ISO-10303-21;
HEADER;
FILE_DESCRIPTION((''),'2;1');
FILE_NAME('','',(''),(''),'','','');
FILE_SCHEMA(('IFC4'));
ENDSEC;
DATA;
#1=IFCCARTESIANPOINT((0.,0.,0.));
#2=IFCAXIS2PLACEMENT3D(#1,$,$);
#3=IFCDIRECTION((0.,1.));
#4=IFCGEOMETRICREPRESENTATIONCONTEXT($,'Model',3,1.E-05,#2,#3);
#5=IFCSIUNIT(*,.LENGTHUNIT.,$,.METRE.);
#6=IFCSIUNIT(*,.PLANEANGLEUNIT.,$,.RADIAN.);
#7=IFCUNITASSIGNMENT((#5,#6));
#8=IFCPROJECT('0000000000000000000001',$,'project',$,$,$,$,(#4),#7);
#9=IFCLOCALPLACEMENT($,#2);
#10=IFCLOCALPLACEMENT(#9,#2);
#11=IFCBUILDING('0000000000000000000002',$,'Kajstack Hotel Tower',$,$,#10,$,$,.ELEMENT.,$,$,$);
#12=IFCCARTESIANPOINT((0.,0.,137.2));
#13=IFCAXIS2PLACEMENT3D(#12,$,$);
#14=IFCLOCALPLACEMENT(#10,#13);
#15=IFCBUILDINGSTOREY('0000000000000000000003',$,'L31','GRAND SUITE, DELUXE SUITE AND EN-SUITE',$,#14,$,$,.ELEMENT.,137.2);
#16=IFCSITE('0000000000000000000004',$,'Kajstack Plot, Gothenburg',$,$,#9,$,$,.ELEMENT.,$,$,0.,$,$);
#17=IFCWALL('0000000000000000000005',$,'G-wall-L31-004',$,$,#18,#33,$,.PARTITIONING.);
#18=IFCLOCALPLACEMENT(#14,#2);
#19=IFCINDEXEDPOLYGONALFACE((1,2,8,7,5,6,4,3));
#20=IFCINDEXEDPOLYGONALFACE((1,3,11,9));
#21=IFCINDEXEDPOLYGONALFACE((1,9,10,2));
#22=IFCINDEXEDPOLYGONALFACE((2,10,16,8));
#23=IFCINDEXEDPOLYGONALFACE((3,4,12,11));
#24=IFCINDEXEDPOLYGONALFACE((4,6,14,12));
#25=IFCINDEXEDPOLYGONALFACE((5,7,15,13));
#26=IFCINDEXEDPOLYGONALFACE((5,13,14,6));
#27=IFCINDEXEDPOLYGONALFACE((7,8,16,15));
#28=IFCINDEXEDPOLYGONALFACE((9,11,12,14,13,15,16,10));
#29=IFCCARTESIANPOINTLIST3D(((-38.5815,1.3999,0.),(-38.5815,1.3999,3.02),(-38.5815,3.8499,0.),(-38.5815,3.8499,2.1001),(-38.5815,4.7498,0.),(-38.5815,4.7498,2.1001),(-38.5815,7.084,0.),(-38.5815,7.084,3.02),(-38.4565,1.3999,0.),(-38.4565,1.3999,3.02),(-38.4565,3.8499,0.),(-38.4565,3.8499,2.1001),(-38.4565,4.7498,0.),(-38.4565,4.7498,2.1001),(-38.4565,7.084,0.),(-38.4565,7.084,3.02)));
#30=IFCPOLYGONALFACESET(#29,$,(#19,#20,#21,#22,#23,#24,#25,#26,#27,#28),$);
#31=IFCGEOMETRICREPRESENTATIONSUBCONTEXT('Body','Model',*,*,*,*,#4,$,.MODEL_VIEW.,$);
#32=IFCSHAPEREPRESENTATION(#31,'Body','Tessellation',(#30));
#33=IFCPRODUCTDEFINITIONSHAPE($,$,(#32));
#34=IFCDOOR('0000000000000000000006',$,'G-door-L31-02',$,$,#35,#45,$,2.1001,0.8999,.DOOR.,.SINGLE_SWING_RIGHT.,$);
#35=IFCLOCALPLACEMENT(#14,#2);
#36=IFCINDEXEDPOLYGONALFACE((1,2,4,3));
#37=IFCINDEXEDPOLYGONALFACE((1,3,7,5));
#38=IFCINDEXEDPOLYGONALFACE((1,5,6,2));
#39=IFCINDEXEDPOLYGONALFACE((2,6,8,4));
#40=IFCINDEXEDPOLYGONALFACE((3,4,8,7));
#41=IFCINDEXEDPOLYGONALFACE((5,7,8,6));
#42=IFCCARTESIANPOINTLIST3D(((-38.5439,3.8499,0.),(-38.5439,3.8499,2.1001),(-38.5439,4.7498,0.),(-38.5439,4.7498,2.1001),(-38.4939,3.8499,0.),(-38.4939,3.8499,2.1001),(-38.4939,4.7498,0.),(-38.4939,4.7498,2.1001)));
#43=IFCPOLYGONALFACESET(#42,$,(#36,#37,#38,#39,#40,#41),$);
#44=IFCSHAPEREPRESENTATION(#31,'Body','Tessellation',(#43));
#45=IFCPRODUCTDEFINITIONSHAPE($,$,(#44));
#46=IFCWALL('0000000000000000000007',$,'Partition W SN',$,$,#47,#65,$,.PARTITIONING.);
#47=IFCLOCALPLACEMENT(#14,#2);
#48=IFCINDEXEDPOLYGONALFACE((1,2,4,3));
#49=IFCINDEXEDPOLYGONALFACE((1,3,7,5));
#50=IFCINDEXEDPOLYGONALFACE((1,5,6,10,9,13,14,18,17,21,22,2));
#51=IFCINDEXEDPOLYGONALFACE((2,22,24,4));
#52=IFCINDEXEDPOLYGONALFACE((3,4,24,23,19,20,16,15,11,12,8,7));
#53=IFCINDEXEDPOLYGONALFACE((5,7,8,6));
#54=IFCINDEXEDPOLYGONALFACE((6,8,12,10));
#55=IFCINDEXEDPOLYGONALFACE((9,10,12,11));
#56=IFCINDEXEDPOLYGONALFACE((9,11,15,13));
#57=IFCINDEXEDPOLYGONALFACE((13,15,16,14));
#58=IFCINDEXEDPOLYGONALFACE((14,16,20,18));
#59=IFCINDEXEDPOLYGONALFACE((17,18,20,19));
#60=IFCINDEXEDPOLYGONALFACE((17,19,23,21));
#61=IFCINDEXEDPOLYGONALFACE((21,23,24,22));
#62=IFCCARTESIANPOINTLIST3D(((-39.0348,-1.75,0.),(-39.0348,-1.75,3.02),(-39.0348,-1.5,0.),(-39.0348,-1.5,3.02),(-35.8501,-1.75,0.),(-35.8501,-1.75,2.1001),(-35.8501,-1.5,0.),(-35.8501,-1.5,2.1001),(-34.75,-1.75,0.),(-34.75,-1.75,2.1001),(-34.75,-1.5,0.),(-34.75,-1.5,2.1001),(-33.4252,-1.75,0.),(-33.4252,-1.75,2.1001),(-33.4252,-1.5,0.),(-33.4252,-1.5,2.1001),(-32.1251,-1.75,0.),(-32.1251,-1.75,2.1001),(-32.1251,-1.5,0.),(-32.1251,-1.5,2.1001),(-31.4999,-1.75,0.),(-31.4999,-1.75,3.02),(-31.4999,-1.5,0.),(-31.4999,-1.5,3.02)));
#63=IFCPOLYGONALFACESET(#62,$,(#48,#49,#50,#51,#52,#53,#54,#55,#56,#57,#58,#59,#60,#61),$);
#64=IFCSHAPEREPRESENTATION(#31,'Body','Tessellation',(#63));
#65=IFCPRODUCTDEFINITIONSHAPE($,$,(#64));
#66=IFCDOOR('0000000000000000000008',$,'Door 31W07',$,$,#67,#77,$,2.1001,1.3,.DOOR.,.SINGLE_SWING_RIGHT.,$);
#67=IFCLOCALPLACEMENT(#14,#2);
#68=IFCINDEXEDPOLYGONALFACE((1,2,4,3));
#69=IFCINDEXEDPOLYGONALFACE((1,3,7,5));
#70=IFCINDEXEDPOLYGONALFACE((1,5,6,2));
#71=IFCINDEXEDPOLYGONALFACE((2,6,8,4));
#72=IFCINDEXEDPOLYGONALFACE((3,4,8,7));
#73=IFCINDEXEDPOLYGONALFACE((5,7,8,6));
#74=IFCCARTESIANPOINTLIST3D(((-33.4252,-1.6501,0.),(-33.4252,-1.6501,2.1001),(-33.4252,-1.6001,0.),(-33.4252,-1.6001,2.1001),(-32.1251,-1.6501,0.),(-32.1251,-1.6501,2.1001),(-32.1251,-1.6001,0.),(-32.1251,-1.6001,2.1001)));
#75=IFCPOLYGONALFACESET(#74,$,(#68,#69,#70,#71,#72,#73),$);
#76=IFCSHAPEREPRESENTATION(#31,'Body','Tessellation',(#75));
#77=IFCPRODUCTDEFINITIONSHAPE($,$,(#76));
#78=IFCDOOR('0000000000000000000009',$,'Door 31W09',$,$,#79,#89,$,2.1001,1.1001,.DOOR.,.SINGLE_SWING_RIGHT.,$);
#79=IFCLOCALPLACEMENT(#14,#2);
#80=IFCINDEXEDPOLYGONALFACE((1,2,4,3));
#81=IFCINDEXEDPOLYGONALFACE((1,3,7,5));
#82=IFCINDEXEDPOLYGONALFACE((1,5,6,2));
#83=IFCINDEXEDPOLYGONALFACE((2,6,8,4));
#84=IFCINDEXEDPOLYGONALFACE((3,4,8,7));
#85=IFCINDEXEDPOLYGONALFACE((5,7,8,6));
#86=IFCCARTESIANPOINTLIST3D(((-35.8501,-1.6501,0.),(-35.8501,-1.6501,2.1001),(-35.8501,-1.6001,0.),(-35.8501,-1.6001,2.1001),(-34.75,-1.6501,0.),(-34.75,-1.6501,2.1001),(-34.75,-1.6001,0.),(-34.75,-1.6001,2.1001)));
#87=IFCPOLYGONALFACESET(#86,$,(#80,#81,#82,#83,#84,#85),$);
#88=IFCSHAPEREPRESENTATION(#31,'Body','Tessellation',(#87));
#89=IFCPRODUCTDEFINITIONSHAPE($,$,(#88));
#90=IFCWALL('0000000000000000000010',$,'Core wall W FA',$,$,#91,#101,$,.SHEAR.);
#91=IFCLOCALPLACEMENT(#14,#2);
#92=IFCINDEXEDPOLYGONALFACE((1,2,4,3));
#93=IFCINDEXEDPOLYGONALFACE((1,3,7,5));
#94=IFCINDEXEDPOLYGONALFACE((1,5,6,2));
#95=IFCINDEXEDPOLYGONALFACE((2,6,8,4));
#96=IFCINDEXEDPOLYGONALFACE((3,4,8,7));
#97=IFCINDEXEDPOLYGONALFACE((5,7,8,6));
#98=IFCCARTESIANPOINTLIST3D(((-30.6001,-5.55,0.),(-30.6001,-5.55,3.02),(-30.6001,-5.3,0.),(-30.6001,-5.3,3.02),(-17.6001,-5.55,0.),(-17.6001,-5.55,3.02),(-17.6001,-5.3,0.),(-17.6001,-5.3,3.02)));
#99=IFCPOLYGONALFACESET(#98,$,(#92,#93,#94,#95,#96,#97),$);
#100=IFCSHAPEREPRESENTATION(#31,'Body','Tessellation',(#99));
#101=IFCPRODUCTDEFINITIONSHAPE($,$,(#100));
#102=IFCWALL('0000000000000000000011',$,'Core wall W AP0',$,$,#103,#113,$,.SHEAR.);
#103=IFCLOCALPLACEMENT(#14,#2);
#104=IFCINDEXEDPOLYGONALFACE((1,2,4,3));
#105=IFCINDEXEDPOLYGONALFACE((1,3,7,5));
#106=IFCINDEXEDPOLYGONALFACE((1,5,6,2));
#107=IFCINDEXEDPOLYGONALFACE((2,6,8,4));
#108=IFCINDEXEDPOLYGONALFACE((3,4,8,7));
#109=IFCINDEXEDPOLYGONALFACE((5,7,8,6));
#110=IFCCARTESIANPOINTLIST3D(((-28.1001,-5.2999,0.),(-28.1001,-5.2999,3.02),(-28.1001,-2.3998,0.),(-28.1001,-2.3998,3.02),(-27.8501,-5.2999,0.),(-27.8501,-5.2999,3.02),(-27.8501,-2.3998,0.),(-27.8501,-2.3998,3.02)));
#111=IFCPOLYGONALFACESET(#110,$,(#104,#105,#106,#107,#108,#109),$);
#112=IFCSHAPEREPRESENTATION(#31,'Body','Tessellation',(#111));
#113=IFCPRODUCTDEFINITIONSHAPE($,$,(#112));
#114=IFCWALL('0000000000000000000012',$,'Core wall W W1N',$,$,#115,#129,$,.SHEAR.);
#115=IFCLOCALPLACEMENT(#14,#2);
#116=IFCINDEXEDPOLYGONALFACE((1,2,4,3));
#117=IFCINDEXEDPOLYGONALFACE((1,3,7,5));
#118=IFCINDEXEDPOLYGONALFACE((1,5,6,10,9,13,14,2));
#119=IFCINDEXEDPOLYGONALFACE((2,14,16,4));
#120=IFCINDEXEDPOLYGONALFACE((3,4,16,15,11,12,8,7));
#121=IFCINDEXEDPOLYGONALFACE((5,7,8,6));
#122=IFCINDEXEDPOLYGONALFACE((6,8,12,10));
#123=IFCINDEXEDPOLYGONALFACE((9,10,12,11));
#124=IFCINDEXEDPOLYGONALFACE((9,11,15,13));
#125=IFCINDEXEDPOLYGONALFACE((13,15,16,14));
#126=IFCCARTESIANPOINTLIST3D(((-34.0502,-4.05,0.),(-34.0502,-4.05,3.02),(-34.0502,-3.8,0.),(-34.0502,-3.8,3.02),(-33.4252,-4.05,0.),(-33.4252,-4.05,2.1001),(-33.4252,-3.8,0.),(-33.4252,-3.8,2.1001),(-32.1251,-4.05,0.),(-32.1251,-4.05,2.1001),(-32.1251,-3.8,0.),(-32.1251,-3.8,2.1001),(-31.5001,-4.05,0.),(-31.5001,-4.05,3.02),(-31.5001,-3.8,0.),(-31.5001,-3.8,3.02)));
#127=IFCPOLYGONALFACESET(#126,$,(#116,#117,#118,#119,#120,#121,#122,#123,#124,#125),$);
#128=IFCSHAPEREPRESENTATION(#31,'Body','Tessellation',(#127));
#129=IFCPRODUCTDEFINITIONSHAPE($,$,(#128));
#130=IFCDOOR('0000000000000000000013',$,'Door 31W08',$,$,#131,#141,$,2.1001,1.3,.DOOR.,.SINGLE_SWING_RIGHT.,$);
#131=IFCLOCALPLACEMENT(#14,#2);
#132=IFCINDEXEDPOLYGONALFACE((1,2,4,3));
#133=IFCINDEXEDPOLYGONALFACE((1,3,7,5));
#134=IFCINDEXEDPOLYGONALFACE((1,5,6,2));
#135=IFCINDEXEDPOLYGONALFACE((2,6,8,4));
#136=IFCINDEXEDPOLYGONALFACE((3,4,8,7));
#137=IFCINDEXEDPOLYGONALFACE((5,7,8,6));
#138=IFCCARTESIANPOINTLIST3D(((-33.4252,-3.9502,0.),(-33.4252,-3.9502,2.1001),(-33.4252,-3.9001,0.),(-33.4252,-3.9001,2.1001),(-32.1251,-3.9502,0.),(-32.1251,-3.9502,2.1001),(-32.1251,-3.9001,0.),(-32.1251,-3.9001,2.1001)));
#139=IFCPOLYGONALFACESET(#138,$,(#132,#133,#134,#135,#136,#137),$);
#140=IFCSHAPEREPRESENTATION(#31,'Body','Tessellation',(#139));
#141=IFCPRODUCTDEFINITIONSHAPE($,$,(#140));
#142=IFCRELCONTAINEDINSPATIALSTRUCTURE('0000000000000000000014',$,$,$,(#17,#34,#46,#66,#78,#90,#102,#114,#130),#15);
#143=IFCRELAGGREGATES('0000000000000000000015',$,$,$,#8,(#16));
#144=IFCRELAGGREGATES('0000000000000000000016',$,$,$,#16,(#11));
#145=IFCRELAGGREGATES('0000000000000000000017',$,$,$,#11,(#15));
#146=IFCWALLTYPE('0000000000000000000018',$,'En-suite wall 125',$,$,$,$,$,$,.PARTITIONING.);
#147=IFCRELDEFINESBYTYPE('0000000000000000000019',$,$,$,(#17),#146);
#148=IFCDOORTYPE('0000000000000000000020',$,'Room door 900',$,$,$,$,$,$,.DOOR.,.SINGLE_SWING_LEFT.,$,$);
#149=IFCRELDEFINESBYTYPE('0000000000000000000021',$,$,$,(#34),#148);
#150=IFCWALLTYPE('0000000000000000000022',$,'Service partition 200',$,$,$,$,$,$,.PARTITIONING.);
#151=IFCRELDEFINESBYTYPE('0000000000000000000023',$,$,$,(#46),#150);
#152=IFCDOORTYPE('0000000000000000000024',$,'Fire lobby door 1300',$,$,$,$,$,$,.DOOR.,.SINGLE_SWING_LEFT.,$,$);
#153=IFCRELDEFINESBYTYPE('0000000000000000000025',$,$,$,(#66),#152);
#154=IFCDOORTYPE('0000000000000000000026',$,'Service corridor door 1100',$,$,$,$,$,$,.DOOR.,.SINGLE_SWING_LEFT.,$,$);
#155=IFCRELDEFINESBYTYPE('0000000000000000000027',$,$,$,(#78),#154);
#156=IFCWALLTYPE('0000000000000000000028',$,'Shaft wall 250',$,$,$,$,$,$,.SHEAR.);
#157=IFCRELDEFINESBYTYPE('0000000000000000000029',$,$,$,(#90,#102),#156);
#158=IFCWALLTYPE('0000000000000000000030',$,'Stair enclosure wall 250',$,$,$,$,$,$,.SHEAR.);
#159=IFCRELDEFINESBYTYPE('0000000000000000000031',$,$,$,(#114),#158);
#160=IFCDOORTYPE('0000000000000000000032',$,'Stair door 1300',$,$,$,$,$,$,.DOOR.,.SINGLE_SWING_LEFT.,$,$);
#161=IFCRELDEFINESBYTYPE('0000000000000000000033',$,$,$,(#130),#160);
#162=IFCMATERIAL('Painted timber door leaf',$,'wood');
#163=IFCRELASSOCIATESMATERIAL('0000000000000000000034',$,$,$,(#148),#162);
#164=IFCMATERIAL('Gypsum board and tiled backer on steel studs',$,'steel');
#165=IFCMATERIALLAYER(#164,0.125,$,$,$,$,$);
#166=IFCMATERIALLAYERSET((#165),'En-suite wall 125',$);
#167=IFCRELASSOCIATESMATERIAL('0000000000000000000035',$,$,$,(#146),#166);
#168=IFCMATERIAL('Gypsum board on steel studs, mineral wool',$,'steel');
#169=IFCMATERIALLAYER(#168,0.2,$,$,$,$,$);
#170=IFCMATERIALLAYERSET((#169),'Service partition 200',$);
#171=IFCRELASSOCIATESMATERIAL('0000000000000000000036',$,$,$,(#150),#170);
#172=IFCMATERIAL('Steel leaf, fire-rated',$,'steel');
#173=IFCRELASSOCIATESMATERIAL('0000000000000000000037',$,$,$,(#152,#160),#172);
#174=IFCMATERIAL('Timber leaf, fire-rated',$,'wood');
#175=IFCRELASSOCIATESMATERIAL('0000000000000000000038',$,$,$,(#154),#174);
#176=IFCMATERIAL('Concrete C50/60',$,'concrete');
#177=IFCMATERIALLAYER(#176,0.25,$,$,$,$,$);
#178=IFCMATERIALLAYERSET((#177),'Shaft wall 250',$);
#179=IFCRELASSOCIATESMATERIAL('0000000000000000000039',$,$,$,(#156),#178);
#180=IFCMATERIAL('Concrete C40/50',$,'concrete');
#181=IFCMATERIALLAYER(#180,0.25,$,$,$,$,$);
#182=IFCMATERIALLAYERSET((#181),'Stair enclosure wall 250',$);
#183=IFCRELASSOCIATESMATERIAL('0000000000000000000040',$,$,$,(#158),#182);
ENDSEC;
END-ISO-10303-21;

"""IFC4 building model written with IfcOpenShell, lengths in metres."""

from ifc_helpers import new_model, si_unit, direction, frame, frame_2d, origin, place, context, subcontext, project, spatial, rectangle, extrude, material, layer, layer_set, type_object, element, fill, save


model = new_model("IFC4")

# Units and contexts
model_context = context("Model", 3, precision=1e-05, world=origin(), true_north=direction((0.0, 1.0)))
body_context = subcontext(model_context, "Body", "Model", "MODEL_VIEW")
ifc_project = project(units=[si_unit("LENGTHUNIT", "METRE"), si_unit("PLANEANGLEUNIT", "RADIAN")], contexts=[model_context])

# Site, building, storey
site_placement = place(None, origin())
site = spatial("IfcSite", under=ifc_project, at=site_placement, Name="Kajstack Plot, Gothenburg", CompositionType="ELEMENT", RefElevation=0.0)
building_placement = place(site_placement, origin())
building = spatial("IfcBuilding", under=site, at=building_placement, Name="Kajstack Hotel Tower", CompositionType="ELEMENT")
storey_placement = place(building_placement, frame((0.0, 0.0, 137.2)))
storey = spatial("IfcBuildingStorey", under=building, at=storey_placement, Name="L31", Description="GRAND SUITE, DELUXE SUITE AND EN-SUITE", CompositionType="ELEMENT", Elevation=137.2)

# Shared definitions
ifc_material_1 = material(Name="Gypsum board on steel studs, mineral wool", Category="steel")
ifc_material_2 = material(Name="Painted timber door leaf", Category="wood")
door_type_1 = type_object("IfcDoorType", Name="Room door 900", OperationType="SINGLE_SWING_LEFT", PredefinedType="DOOR", material=ifc_material_2)

# Wall, opening, door
ifc_material_3 = material(Name="Gypsum board and tiled backer on steel studs", Category="steel")
ifc_layer_1 = layer(ifc_material_3, 0.125)
ifc_layer_set_1 = layer_set([ifc_layer_1], Name="En-suite wall 125")
wall_type_1 = type_object("IfcWallType", Name="En-suite wall 125", PredefinedType="PARTITIONING", material=ifc_layer_set_1)
wall_1_placement = place(storey_placement, frame((-38.519, 1.3999, 0.0), z_axis=(0.0, 0.0, 1.0), x_axis=(0.0, 1.0, 0.0)))
wall_1 = element("IfcWall", 1, at=wall_1_placement, inside=storey, type_object=wall_type_1, Name="G-wall-L31-004", PredefinedType="PARTITIONING", context=body_context, shape_type="SweptSolid", body=[
    extrude(rectangle(XDim=5.6841, YDim=0.125, at=frame_2d((2.842, 0.0))), origin(), (0.0, 0.0, 1.0), 3.02),
])
opening_1_placement = place(wall_1_placement, frame((2.45, 0.0, 0.0)))
opening_1 = element("IfcOpeningElement", 2, at=opening_1_placement, cuts=wall_1, PredefinedType="OPENING", context=body_context, shape_type="SweptSolid", body=[
    extrude(rectangle(XDim=0.8999, YDim=2.1001, at=frame_2d((0.45, 1.05))), frame((0.0, 0.0725, 0.0), z_axis=(0.0, -1.0, 0.0), x_axis=(1.0, 0.0, 0.0)), (0.0, 0.0, 1.0), 0.145),
])
door_1_placement = place(opening_1_placement, origin())
door_1 = element("IfcDoor", 3, at=door_1_placement, inside=storey, type_object=door_type_1, Name="G-door-L31-02", OperationType="SINGLE_SWING_RIGHT", OverallHeight=2.1001, OverallWidth=0.8999, PredefinedType="DOOR", context=body_context, shape_type="SweptSolid", body=[
    extrude(rectangle(XDim=0.8999, YDim=2.1001, at=frame_2d((0.45, 1.05))), frame((0.0, 0.0249, 0.0), z_axis=(0.0, -1.0, 0.0), x_axis=(1.0, 0.0, 0.0)), (0.0, 0.0, 1.0), 0.05),
])
fill(opening_1, door_1)

# Wall, openings, doors
ifc_layer_2 = layer(ifc_material_1, 0.2)
ifc_layer_set_2 = layer_set([ifc_layer_2], Name="Service partition 200")
wall_type_2 = type_object("IfcWallType", Name="Service partition 200", PredefinedType="PARTITIONING", material=ifc_layer_set_2)
wall_2_placement = place(storey_placement, frame((-39.0349, -1.625, 0.0), z_axis=(0.0, 0.0, 1.0), x_axis=(1.0, 0.0, 0.0)))
wall_2 = element("IfcWall", 4, at=wall_2_placement, inside=storey, type_object=wall_type_2, Name="Partition W SN", PredefinedType="PARTITIONING", context=body_context, shape_type="SweptSolid", body=[
    extrude(rectangle(XDim=7.5349, YDim=0.25, at=frame_2d((3.7676, 0.0))), origin(), (0.0, 0.0, 1.0), 3.02),
])
opening_2_placement = place(wall_2_placement, frame((5.6099, 0.0, 0.0)))
opening_2 = element("IfcOpeningElement", 5, at=opening_2_placement, cuts=wall_2, PredefinedType="OPENING", context=body_context, shape_type="SweptSolid", body=[
    extrude(rectangle(XDim=1.3, YDim=2.1001, at=frame_2d((0.6499, 1.05))), frame((0.0, 0.135, 0.0), z_axis=(0.0, -1.0, 0.0), x_axis=(1.0, 0.0, 0.0)), (0.0, 0.0, 1.0), 0.27),
])
opening_3_placement = place(wall_2_placement, frame((3.1848, 0.0, 0.0)))
opening_3 = element("IfcOpeningElement", 6, at=opening_3_placement, cuts=wall_2, PredefinedType="OPENING", context=body_context, shape_type="SweptSolid", body=[
    extrude(rectangle(XDim=1.1001, YDim=2.1001, at=frame_2d((0.55, 1.05))), frame((0.0, 0.135, 0.0), z_axis=(0.0, -1.0, 0.0), x_axis=(1.0, 0.0, 0.0)), (0.0, 0.0, 1.0), 0.27),
])
ifc_material_4 = material(Name="Steel leaf, fire-rated", Category="steel")
door_type_2 = type_object("IfcDoorType", Name="Fire lobby door 1300", OperationType="SINGLE_SWING_LEFT", PredefinedType="DOOR", material=ifc_material_4)
door_2_placement = place(opening_2_placement, origin())
door_2 = element("IfcDoor", 7, at=door_2_placement, inside=storey, type_object=door_type_2, Name="Door 31W07", OperationType="SINGLE_SWING_RIGHT", OverallHeight=2.1001, OverallWidth=1.3, PredefinedType="DOOR", context=body_context, shape_type="SweptSolid", body=[
    extrude(rectangle(XDim=1.3, YDim=2.1001, at=frame_2d((0.6499, 1.05))), frame((0.0, 0.0249, 0.0), z_axis=(0.0, -1.0, 0.0), x_axis=(1.0, 0.0, 0.0)), (0.0, 0.0, 1.0), 0.05),
])
fill(opening_2, door_2)
ifc_material_5 = material(Name="Timber leaf, fire-rated", Category="wood")
door_type_3 = type_object("IfcDoorType", Name="Service corridor door 1100", OperationType="SINGLE_SWING_LEFT", PredefinedType="DOOR", material=ifc_material_5)
door_3_placement = place(opening_3_placement, origin())
door_3 = element("IfcDoor", 8, at=door_3_placement, inside=storey, type_object=door_type_3, Name="Door 31W09", OperationType="SINGLE_SWING_RIGHT", OverallHeight=2.1001, OverallWidth=1.1001, PredefinedType="DOOR", context=body_context, shape_type="SweptSolid", body=[
    extrude(rectangle(XDim=1.1001, YDim=2.1001, at=frame_2d((0.55, 1.05))), frame((0.0, 0.0249, 0.0), z_axis=(0.0, -1.0, 0.0), x_axis=(1.0, 0.0, 0.0)), (0.0, 0.0, 1.0), 0.05),
])
fill(opening_3, door_3)

# Walls
ifc_material_6 = material(Name="Concrete C50/60", Category="concrete")
ifc_layer_3 = layer(ifc_material_6, 0.25)
ifc_layer_set_3 = layer_set([ifc_layer_3], Name="Shaft wall 250")
wall_type_3 = type_object("IfcWallType", Name="Shaft wall 250", PredefinedType="SHEAR", material=ifc_layer_set_3)
wall_3_placement = place(storey_placement, frame((-30.6001, -5.425, 0.0), z_axis=(0.0, 0.0, 1.0), x_axis=(1.0, 0.0, 0.0)))
element("IfcWall", 9, at=wall_3_placement, inside=storey, type_object=wall_type_3, Name="Core wall W FA", PredefinedType="SHEAR", context=body_context, shape_type="SweptSolid", body=[
    extrude(rectangle(XDim=13.0, YDim=0.25, at=frame_2d((6.5, 0.0))), origin(), (0.0, 0.0, 1.0), 3.02),
])
wall_4_placement = place(storey_placement, frame((-27.9751, -5.3, 0.0), z_axis=(0.0, 0.0, 1.0), x_axis=(0.0, 1.0, 0.0)))
element("IfcWall", 10, at=wall_4_placement, inside=storey, type_object=wall_type_3, Name="Core wall W AP0", PredefinedType="SHEAR", context=body_context, shape_type="SweptSolid", body=[
    extrude(rectangle(XDim=2.9001, YDim=0.25, at=frame_2d((1.4502, 0.0))), origin(), (0.0, 0.0, 1.0), 3.02),
])

# Wall, opening, door
ifc_material_7 = material(Name="Concrete C40/50", Category="concrete")
ifc_layer_4 = layer(ifc_material_7, 0.25)
ifc_layer_set_4 = layer_set([ifc_layer_4], Name="Stair enclosure wall 250")
wall_type_4 = type_object("IfcWallType", Name="Stair enclosure wall 250", PredefinedType="SHEAR", material=ifc_layer_set_4)
wall_5_placement = place(storey_placement, frame((-34.05, -3.925, 0.0), z_axis=(0.0, 0.0, 1.0), x_axis=(1.0, 0.0, 0.0)))
wall_5 = element("IfcWall", 11, at=wall_5_placement, inside=storey, type_object=wall_type_4, Name="Core wall W W1N", PredefinedType="SHEAR", context=body_context, shape_type="SweptSolid", body=[
    extrude(rectangle(XDim=2.55, YDim=0.25, at=frame_2d((1.2749, 0.0))), origin(), (0.0, 0.0, 1.0), 3.02),
])
opening_4_placement = place(wall_5_placement, frame((0.625, 0.0, 0.0)))
opening_4 = element("IfcOpeningElement", 12, at=opening_4_placement, cuts=wall_5, PredefinedType="OPENING", context=body_context, shape_type="SweptSolid", body=[
    extrude(rectangle(XDim=1.3, YDim=2.1001, at=frame_2d((0.6499, 1.05))), frame((0.0, 0.135, 0.0), z_axis=(0.0, -1.0, 0.0), x_axis=(1.0, 0.0, 0.0)), (0.0, 0.0, 1.0), 0.27),
])
door_type_4 = type_object("IfcDoorType", Name="Stair door 1300", OperationType="SINGLE_SWING_LEFT", PredefinedType="DOOR", material=ifc_material_4)
door_4_placement = place(opening_4_placement, origin())
door_4 = element("IfcDoor", 13, at=door_4_placement, inside=storey, type_object=door_type_4, Name="Door 31W08", OperationType="SINGLE_SWING_RIGHT", OverallHeight=2.1001, OverallWidth=1.3, PredefinedType="DOOR", context=body_context, shape_type="SweptSolid", body=[
    extrude(rectangle(XDim=1.3, YDim=2.1001, at=frame_2d((0.6499, 1.05))), frame((0.0, 0.0249, 0.0), z_axis=(0.0, -1.0, 0.0), x_axis=(1.0, 0.0, 0.0)), (0.0, 0.0, 1.0), 0.05),
])
fill(opening_4, door_4)

save(model, "model.ifc")
